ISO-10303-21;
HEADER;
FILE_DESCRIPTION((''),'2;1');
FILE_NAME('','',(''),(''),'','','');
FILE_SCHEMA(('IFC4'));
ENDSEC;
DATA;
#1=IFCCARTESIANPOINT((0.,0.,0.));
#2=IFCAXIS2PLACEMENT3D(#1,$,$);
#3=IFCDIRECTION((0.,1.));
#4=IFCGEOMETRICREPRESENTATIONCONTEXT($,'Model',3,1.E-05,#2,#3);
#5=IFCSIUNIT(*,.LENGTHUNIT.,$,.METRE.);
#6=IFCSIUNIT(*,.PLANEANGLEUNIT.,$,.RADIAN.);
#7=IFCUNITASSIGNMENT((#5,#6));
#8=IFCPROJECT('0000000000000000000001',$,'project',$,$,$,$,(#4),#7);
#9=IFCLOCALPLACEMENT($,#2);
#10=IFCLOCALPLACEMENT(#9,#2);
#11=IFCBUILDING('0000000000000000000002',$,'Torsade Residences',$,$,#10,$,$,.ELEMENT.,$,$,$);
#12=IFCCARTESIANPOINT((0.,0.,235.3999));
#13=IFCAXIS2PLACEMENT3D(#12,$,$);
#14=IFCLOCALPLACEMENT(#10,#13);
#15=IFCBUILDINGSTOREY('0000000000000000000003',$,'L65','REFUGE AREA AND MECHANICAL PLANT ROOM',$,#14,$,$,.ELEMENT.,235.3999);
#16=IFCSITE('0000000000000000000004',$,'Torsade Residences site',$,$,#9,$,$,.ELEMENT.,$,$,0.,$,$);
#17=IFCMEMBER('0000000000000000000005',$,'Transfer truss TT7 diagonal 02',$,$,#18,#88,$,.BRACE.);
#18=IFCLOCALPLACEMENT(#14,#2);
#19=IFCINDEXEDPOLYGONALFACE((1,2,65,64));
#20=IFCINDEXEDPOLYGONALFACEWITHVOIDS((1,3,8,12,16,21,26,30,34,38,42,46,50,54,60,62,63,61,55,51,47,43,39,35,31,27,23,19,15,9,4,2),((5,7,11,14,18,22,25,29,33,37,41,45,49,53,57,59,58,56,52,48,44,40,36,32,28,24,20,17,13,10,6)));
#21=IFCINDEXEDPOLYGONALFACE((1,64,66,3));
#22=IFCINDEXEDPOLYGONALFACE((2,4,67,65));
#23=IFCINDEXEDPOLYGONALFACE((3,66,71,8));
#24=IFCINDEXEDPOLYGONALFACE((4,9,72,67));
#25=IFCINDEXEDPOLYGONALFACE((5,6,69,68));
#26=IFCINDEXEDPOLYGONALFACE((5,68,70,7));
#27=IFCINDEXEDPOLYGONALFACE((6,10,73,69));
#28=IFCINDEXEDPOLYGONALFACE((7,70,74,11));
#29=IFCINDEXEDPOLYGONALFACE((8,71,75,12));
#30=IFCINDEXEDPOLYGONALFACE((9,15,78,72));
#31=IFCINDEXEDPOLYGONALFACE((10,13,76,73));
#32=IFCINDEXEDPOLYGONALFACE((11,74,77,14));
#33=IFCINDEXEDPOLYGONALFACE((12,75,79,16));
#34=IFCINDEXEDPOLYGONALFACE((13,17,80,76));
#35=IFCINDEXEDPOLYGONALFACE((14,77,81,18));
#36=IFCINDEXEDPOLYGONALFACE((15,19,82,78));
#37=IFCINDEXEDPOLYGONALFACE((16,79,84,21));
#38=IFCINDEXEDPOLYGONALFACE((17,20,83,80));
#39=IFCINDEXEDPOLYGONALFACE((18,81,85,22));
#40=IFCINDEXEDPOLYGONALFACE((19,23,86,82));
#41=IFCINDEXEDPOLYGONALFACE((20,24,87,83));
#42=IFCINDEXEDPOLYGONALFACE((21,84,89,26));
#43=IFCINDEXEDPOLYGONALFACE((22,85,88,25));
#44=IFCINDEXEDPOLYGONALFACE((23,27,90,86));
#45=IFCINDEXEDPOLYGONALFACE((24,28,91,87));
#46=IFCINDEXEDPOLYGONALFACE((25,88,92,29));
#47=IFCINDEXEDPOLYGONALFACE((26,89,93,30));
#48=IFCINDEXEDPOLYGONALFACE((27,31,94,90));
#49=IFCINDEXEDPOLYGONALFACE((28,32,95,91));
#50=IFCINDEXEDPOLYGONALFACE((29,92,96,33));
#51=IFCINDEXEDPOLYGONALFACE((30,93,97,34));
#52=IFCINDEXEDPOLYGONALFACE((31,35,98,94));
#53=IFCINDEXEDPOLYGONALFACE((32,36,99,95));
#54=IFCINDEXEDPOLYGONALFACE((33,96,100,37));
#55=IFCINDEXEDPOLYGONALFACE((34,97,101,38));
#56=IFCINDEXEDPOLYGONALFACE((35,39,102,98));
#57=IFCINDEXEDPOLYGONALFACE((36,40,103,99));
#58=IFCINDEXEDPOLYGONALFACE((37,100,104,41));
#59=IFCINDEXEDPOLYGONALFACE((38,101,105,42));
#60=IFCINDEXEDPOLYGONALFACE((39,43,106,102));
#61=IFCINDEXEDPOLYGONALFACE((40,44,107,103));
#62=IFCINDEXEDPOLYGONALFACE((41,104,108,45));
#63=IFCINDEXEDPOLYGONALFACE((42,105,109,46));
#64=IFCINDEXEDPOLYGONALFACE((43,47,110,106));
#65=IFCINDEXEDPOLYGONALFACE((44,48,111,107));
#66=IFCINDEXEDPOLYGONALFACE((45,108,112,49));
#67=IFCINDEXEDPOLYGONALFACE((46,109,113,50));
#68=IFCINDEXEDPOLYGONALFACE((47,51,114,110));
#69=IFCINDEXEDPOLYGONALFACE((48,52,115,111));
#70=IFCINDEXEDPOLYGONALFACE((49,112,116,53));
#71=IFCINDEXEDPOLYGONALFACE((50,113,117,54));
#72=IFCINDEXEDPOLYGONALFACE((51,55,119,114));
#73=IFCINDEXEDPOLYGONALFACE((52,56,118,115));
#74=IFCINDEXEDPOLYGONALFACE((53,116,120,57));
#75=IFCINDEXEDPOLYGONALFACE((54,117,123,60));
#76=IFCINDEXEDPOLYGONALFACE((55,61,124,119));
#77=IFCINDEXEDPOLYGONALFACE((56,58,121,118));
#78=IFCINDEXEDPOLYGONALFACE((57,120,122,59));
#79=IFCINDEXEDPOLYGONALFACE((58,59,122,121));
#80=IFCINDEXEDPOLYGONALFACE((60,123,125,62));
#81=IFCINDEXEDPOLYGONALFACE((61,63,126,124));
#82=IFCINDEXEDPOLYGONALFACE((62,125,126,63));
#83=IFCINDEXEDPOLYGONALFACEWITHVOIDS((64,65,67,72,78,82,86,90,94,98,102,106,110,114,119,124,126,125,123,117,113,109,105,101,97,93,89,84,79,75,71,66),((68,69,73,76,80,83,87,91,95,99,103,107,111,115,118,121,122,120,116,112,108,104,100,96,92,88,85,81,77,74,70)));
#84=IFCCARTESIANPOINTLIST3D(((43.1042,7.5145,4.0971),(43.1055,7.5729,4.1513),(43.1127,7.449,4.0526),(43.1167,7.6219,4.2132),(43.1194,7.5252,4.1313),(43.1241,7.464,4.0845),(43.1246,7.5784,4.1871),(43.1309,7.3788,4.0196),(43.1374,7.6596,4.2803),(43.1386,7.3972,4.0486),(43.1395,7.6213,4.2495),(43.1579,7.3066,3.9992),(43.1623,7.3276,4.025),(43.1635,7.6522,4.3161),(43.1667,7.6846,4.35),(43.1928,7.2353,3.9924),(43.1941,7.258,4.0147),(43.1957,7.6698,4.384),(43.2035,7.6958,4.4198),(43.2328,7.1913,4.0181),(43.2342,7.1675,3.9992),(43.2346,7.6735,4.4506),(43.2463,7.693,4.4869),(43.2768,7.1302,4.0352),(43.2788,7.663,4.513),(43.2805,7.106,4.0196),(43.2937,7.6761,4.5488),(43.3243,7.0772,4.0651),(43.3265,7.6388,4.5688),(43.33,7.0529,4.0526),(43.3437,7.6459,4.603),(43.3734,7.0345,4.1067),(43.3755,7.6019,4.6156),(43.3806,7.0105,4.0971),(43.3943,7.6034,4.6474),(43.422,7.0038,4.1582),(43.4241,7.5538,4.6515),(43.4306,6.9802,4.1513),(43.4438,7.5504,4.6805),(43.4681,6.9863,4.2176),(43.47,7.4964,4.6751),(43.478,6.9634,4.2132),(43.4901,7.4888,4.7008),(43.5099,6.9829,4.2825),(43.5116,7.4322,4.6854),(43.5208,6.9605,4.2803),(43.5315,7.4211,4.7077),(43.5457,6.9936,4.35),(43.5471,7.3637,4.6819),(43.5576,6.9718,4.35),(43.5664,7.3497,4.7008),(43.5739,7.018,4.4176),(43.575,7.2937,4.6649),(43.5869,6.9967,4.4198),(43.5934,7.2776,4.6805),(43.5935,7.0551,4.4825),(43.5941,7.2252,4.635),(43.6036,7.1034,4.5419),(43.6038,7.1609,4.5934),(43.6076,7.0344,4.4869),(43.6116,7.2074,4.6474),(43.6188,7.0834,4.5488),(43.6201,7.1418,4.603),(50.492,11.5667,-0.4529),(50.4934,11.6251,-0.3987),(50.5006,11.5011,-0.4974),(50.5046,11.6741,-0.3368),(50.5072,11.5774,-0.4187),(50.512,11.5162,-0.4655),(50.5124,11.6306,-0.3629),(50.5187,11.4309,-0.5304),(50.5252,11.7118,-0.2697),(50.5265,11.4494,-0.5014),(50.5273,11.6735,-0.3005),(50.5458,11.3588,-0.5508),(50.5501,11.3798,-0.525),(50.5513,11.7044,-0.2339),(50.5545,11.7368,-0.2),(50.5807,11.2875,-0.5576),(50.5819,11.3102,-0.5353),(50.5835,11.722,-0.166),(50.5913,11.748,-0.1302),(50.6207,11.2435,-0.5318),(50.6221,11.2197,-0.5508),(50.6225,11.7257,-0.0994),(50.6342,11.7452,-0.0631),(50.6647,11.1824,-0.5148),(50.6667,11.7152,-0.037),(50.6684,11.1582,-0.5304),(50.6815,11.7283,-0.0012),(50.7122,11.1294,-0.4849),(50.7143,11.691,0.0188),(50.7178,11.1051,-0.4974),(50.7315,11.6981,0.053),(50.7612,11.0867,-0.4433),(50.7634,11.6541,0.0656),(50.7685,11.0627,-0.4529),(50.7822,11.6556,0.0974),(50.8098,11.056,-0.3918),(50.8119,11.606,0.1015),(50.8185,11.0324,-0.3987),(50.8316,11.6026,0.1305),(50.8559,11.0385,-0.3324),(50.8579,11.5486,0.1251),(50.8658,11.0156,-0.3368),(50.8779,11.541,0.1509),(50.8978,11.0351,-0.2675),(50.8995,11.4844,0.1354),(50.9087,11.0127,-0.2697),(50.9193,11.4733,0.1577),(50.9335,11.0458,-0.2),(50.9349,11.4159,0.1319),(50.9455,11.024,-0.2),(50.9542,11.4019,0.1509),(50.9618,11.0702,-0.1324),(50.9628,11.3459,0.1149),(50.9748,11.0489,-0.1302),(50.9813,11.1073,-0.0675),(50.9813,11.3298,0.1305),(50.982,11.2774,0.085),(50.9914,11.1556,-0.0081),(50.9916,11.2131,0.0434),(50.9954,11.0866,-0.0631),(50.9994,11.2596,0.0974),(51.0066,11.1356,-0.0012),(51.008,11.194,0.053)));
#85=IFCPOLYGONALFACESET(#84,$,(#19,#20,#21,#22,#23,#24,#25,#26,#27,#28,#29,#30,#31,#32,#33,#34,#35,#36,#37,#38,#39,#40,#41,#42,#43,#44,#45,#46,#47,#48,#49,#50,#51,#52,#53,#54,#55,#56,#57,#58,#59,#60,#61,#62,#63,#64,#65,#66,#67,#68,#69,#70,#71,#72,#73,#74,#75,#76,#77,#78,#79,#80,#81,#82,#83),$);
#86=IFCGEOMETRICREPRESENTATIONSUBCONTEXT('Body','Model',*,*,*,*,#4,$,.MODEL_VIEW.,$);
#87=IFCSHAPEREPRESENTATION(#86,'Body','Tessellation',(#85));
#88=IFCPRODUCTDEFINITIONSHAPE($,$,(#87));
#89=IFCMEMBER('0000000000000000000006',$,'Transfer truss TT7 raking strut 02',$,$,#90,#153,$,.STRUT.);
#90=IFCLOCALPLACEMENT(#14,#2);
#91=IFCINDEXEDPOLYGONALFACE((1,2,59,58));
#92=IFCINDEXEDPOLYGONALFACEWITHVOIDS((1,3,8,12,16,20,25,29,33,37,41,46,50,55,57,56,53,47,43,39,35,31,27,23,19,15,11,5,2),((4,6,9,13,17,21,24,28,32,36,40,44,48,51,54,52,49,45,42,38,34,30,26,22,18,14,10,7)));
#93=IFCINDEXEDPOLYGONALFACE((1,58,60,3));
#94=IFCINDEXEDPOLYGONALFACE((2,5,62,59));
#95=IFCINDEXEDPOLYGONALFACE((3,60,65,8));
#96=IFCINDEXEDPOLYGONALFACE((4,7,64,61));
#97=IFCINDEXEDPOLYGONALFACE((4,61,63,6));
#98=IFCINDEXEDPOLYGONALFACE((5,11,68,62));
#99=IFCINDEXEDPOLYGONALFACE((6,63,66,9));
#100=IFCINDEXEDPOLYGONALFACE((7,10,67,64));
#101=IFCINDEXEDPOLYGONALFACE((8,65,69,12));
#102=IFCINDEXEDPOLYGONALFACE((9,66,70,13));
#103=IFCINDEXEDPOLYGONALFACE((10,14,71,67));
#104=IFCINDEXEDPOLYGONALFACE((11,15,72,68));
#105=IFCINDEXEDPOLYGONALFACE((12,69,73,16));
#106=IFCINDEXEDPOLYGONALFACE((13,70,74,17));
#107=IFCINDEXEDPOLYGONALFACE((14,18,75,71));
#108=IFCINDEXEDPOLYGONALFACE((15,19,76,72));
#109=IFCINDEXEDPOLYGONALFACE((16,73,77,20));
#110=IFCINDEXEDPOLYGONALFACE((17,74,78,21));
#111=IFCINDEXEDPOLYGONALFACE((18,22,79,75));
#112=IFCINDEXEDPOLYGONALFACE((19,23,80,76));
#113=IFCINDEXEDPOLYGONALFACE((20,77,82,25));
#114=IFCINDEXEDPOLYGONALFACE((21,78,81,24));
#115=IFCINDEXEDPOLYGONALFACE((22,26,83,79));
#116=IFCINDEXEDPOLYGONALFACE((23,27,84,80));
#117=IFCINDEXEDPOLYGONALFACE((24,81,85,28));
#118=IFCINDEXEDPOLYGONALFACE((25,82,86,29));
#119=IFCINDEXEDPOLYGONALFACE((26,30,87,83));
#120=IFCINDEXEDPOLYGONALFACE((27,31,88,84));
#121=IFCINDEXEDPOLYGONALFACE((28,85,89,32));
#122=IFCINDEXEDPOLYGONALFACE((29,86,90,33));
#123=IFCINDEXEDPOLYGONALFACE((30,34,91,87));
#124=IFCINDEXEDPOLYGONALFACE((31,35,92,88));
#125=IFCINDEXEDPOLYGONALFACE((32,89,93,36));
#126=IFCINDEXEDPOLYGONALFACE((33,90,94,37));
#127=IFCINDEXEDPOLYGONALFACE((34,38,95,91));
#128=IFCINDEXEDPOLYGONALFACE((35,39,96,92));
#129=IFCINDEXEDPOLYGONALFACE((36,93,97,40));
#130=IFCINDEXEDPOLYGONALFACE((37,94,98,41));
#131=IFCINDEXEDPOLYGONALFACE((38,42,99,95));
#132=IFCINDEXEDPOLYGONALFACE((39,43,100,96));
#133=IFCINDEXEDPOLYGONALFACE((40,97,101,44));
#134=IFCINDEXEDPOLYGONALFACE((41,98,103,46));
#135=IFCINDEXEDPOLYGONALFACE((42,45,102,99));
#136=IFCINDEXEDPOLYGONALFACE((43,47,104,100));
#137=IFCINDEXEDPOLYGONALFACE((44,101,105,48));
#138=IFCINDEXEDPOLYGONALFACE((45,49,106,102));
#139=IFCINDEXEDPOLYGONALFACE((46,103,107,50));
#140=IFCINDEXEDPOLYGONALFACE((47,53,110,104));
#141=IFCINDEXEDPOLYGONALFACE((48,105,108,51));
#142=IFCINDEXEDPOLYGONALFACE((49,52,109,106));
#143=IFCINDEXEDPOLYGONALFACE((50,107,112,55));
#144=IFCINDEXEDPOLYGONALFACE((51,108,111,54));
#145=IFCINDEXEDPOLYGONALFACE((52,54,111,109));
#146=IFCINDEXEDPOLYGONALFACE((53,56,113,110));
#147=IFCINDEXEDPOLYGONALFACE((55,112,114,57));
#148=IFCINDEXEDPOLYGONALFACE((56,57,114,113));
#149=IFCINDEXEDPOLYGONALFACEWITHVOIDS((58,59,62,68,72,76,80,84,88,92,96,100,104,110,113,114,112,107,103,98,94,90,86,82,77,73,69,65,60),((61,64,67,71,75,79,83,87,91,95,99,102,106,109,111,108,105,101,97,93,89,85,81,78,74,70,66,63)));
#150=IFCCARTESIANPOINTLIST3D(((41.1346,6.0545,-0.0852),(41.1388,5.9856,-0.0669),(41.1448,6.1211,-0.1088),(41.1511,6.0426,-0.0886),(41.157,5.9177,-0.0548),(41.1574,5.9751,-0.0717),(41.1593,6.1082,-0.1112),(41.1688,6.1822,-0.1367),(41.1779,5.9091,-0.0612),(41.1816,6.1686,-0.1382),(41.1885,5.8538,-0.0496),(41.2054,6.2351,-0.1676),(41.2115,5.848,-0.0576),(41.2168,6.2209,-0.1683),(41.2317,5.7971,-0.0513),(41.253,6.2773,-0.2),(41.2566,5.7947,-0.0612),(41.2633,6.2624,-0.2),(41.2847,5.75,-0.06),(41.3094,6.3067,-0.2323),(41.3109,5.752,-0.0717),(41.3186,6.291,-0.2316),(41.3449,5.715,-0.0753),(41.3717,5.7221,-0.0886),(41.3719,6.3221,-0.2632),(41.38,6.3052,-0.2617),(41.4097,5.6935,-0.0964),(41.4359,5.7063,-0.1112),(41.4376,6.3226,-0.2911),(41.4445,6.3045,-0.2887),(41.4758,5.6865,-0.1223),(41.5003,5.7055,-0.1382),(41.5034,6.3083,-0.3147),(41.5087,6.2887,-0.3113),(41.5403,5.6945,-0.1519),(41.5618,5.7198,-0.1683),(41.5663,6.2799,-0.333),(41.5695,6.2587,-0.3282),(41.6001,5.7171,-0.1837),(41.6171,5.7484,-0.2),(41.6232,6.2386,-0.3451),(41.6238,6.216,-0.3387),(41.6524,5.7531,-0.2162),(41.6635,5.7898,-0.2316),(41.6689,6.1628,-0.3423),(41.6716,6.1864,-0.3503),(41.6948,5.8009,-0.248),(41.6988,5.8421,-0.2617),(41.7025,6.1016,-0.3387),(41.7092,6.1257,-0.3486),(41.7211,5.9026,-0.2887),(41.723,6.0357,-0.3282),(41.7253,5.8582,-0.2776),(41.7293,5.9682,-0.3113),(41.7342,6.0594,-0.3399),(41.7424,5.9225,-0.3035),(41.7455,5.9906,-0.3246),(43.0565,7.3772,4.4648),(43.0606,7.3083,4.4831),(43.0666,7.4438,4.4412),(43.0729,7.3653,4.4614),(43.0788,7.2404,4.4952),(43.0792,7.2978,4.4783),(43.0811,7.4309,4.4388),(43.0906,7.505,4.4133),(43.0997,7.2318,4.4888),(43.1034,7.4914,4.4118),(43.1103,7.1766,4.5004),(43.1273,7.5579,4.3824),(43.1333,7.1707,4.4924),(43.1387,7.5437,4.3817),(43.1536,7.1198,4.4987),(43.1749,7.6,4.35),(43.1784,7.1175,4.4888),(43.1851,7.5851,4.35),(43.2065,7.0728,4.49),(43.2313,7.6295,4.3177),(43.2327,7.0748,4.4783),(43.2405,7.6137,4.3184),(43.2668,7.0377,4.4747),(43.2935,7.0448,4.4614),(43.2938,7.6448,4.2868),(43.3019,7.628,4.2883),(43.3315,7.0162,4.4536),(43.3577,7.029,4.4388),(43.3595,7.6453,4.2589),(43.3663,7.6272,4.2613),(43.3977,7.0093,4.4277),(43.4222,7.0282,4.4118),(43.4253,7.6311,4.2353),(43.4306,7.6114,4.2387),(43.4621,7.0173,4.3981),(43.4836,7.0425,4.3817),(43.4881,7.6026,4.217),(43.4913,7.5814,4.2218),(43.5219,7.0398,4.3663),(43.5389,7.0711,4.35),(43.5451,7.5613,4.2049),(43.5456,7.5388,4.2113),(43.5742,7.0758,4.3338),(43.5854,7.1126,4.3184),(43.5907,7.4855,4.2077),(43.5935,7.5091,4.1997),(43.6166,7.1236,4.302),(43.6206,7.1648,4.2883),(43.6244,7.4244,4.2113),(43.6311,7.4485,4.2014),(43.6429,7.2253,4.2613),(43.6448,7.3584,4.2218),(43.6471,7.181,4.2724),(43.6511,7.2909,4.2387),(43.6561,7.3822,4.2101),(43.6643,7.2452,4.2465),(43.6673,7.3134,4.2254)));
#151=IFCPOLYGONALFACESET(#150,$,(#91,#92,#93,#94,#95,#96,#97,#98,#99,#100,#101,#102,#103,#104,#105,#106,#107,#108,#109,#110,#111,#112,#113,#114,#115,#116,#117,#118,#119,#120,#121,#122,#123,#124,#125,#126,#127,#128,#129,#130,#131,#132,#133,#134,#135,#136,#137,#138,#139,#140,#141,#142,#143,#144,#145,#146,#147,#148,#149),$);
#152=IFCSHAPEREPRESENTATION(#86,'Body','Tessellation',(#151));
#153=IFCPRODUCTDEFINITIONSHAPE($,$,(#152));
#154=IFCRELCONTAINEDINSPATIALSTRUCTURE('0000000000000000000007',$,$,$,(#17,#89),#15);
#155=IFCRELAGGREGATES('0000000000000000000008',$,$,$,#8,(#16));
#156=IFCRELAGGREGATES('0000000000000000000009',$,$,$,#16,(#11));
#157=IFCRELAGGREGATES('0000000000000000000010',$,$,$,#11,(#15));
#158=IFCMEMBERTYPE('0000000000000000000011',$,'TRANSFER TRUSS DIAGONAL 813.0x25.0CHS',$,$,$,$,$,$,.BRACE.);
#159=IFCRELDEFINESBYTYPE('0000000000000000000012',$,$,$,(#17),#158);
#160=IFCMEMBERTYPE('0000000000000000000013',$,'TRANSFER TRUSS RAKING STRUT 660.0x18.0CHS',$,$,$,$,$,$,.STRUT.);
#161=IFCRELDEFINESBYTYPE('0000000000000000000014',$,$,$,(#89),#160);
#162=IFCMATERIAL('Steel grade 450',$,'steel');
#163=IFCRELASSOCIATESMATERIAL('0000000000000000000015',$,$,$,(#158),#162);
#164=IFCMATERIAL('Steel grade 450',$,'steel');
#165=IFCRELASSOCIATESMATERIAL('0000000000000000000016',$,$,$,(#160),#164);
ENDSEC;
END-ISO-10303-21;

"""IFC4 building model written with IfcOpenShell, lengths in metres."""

from ifc_helpers import new_model, si_unit, direction, frame, origin, origin_2d, place, context, subcontext, project, spatial, hollow_circle, extrude, material, material_profile, profile_set, type_object, element, save


model = new_model("IFC4")

# Units and contexts
model_context = context("Model", 3, precision=1e-05, world=origin(), true_north=direction((0.0, 1.0)))
body_context = subcontext(model_context, "Body", "Model", "MODEL_VIEW")
ifc_project = project(units=[si_unit("LENGTHUNIT", "METRE"), si_unit("PLANEANGLEUNIT", "RADIAN")], contexts=[model_context])

# Site, building, storey
site_placement = place(None, origin())
site = spatial("IfcSite", under=ifc_project, at=site_placement, Name="Torsade Residences site", CompositionType="ELEMENT", RefElevation=0.0)
building_placement = place(site_placement, origin())
building = spatial("IfcBuilding", under=site, at=building_placement, Name="Torsade Residences", CompositionType="ELEMENT")
storey_placement = place(building_placement, frame((0.0, 0.0, 235.3999)))
storey = spatial("IfcBuildingStorey", under=building, at=storey_placement, Name="L65", Description="REFUGE AREA AND MECHANICAL PLANT ROOM", CompositionType="ELEMENT", Elevation=235.3999)

# Members
ifc_material_1 = material(Name="Steel grade 450", Category="steel")
ifc_material_profile_1 = material_profile(ifc_material_1, hollow_circle(Radius=0.4065, WallThickness=0.0249, at=origin_2d()), Name="813.0x25.0CHS")
ifc_profile_set_1 = profile_set([ifc_material_profile_1], Name="Steel grade 450")
member_type_1 = type_object("IfcMemberType", Name="TRANSFER TRUSS DIAGONAL 813.0x25.0CHS", PredefinedType="BRACE", material=ifc_profile_set_1)
member_1_placement = place(storey_placement, frame((50.75, 11.3804, -0.2), z_axis=(-0.771483, -0.423154, 0.475137), x_axis=(0.480905, -0.876773, 0.0)))
element("IfcMember", 1, at=member_1_placement, inside=storey, type_object=member_type_1, Name="Transfer truss TT7 diagonal 02", PredefinedType="BRACE", context=body_context, shape_type="SweptSolid", body=[
    extrude(hollow_circle(Radius=0.4065, WallThickness=0.0249, at=origin_2d()), origin(), (0.0, 0.0, 1.0), 9.5762),
])
ifc_material_2 = material(Name="Steel grade 450", Category="steel")
ifc_material_profile_2 = material_profile(ifc_material_2, hollow_circle(Radius=0.3301, WallThickness=0.0181, at=origin_2d()), Name="660.0x18.0CHS")
ifc_profile_set_2 = profile_set([ifc_material_profile_2], Name="Steel grade 450")
member_type_2 = type_object("IfcMemberType", Name="TRANSFER TRUSS RAKING STRUT 660.0x18.0CHS", PredefinedType="STRUT", material=ifc_profile_set_2)
member_2_placement = place(storey_placement, frame((41.4402, 6.0054, -0.2), z_axis=(0.375855, 0.258687, 0.889839), x_axis=(-0.566955, 0.823749, 0.0)))
element("IfcMember", 2, at=member_2_placement, inside=storey, type_object=member_type_2, Name="Transfer truss TT7 raking strut 02", PredefinedType="STRUT", context=body_context, shape_type="SweptSolid", body=[
    extrude(hollow_circle(Radius=0.3301, WallThickness=0.0181, at=origin_2d()), origin(), (0.0, 0.0, 1.0), 5.1133),
])

save(model, "model.ifc")
